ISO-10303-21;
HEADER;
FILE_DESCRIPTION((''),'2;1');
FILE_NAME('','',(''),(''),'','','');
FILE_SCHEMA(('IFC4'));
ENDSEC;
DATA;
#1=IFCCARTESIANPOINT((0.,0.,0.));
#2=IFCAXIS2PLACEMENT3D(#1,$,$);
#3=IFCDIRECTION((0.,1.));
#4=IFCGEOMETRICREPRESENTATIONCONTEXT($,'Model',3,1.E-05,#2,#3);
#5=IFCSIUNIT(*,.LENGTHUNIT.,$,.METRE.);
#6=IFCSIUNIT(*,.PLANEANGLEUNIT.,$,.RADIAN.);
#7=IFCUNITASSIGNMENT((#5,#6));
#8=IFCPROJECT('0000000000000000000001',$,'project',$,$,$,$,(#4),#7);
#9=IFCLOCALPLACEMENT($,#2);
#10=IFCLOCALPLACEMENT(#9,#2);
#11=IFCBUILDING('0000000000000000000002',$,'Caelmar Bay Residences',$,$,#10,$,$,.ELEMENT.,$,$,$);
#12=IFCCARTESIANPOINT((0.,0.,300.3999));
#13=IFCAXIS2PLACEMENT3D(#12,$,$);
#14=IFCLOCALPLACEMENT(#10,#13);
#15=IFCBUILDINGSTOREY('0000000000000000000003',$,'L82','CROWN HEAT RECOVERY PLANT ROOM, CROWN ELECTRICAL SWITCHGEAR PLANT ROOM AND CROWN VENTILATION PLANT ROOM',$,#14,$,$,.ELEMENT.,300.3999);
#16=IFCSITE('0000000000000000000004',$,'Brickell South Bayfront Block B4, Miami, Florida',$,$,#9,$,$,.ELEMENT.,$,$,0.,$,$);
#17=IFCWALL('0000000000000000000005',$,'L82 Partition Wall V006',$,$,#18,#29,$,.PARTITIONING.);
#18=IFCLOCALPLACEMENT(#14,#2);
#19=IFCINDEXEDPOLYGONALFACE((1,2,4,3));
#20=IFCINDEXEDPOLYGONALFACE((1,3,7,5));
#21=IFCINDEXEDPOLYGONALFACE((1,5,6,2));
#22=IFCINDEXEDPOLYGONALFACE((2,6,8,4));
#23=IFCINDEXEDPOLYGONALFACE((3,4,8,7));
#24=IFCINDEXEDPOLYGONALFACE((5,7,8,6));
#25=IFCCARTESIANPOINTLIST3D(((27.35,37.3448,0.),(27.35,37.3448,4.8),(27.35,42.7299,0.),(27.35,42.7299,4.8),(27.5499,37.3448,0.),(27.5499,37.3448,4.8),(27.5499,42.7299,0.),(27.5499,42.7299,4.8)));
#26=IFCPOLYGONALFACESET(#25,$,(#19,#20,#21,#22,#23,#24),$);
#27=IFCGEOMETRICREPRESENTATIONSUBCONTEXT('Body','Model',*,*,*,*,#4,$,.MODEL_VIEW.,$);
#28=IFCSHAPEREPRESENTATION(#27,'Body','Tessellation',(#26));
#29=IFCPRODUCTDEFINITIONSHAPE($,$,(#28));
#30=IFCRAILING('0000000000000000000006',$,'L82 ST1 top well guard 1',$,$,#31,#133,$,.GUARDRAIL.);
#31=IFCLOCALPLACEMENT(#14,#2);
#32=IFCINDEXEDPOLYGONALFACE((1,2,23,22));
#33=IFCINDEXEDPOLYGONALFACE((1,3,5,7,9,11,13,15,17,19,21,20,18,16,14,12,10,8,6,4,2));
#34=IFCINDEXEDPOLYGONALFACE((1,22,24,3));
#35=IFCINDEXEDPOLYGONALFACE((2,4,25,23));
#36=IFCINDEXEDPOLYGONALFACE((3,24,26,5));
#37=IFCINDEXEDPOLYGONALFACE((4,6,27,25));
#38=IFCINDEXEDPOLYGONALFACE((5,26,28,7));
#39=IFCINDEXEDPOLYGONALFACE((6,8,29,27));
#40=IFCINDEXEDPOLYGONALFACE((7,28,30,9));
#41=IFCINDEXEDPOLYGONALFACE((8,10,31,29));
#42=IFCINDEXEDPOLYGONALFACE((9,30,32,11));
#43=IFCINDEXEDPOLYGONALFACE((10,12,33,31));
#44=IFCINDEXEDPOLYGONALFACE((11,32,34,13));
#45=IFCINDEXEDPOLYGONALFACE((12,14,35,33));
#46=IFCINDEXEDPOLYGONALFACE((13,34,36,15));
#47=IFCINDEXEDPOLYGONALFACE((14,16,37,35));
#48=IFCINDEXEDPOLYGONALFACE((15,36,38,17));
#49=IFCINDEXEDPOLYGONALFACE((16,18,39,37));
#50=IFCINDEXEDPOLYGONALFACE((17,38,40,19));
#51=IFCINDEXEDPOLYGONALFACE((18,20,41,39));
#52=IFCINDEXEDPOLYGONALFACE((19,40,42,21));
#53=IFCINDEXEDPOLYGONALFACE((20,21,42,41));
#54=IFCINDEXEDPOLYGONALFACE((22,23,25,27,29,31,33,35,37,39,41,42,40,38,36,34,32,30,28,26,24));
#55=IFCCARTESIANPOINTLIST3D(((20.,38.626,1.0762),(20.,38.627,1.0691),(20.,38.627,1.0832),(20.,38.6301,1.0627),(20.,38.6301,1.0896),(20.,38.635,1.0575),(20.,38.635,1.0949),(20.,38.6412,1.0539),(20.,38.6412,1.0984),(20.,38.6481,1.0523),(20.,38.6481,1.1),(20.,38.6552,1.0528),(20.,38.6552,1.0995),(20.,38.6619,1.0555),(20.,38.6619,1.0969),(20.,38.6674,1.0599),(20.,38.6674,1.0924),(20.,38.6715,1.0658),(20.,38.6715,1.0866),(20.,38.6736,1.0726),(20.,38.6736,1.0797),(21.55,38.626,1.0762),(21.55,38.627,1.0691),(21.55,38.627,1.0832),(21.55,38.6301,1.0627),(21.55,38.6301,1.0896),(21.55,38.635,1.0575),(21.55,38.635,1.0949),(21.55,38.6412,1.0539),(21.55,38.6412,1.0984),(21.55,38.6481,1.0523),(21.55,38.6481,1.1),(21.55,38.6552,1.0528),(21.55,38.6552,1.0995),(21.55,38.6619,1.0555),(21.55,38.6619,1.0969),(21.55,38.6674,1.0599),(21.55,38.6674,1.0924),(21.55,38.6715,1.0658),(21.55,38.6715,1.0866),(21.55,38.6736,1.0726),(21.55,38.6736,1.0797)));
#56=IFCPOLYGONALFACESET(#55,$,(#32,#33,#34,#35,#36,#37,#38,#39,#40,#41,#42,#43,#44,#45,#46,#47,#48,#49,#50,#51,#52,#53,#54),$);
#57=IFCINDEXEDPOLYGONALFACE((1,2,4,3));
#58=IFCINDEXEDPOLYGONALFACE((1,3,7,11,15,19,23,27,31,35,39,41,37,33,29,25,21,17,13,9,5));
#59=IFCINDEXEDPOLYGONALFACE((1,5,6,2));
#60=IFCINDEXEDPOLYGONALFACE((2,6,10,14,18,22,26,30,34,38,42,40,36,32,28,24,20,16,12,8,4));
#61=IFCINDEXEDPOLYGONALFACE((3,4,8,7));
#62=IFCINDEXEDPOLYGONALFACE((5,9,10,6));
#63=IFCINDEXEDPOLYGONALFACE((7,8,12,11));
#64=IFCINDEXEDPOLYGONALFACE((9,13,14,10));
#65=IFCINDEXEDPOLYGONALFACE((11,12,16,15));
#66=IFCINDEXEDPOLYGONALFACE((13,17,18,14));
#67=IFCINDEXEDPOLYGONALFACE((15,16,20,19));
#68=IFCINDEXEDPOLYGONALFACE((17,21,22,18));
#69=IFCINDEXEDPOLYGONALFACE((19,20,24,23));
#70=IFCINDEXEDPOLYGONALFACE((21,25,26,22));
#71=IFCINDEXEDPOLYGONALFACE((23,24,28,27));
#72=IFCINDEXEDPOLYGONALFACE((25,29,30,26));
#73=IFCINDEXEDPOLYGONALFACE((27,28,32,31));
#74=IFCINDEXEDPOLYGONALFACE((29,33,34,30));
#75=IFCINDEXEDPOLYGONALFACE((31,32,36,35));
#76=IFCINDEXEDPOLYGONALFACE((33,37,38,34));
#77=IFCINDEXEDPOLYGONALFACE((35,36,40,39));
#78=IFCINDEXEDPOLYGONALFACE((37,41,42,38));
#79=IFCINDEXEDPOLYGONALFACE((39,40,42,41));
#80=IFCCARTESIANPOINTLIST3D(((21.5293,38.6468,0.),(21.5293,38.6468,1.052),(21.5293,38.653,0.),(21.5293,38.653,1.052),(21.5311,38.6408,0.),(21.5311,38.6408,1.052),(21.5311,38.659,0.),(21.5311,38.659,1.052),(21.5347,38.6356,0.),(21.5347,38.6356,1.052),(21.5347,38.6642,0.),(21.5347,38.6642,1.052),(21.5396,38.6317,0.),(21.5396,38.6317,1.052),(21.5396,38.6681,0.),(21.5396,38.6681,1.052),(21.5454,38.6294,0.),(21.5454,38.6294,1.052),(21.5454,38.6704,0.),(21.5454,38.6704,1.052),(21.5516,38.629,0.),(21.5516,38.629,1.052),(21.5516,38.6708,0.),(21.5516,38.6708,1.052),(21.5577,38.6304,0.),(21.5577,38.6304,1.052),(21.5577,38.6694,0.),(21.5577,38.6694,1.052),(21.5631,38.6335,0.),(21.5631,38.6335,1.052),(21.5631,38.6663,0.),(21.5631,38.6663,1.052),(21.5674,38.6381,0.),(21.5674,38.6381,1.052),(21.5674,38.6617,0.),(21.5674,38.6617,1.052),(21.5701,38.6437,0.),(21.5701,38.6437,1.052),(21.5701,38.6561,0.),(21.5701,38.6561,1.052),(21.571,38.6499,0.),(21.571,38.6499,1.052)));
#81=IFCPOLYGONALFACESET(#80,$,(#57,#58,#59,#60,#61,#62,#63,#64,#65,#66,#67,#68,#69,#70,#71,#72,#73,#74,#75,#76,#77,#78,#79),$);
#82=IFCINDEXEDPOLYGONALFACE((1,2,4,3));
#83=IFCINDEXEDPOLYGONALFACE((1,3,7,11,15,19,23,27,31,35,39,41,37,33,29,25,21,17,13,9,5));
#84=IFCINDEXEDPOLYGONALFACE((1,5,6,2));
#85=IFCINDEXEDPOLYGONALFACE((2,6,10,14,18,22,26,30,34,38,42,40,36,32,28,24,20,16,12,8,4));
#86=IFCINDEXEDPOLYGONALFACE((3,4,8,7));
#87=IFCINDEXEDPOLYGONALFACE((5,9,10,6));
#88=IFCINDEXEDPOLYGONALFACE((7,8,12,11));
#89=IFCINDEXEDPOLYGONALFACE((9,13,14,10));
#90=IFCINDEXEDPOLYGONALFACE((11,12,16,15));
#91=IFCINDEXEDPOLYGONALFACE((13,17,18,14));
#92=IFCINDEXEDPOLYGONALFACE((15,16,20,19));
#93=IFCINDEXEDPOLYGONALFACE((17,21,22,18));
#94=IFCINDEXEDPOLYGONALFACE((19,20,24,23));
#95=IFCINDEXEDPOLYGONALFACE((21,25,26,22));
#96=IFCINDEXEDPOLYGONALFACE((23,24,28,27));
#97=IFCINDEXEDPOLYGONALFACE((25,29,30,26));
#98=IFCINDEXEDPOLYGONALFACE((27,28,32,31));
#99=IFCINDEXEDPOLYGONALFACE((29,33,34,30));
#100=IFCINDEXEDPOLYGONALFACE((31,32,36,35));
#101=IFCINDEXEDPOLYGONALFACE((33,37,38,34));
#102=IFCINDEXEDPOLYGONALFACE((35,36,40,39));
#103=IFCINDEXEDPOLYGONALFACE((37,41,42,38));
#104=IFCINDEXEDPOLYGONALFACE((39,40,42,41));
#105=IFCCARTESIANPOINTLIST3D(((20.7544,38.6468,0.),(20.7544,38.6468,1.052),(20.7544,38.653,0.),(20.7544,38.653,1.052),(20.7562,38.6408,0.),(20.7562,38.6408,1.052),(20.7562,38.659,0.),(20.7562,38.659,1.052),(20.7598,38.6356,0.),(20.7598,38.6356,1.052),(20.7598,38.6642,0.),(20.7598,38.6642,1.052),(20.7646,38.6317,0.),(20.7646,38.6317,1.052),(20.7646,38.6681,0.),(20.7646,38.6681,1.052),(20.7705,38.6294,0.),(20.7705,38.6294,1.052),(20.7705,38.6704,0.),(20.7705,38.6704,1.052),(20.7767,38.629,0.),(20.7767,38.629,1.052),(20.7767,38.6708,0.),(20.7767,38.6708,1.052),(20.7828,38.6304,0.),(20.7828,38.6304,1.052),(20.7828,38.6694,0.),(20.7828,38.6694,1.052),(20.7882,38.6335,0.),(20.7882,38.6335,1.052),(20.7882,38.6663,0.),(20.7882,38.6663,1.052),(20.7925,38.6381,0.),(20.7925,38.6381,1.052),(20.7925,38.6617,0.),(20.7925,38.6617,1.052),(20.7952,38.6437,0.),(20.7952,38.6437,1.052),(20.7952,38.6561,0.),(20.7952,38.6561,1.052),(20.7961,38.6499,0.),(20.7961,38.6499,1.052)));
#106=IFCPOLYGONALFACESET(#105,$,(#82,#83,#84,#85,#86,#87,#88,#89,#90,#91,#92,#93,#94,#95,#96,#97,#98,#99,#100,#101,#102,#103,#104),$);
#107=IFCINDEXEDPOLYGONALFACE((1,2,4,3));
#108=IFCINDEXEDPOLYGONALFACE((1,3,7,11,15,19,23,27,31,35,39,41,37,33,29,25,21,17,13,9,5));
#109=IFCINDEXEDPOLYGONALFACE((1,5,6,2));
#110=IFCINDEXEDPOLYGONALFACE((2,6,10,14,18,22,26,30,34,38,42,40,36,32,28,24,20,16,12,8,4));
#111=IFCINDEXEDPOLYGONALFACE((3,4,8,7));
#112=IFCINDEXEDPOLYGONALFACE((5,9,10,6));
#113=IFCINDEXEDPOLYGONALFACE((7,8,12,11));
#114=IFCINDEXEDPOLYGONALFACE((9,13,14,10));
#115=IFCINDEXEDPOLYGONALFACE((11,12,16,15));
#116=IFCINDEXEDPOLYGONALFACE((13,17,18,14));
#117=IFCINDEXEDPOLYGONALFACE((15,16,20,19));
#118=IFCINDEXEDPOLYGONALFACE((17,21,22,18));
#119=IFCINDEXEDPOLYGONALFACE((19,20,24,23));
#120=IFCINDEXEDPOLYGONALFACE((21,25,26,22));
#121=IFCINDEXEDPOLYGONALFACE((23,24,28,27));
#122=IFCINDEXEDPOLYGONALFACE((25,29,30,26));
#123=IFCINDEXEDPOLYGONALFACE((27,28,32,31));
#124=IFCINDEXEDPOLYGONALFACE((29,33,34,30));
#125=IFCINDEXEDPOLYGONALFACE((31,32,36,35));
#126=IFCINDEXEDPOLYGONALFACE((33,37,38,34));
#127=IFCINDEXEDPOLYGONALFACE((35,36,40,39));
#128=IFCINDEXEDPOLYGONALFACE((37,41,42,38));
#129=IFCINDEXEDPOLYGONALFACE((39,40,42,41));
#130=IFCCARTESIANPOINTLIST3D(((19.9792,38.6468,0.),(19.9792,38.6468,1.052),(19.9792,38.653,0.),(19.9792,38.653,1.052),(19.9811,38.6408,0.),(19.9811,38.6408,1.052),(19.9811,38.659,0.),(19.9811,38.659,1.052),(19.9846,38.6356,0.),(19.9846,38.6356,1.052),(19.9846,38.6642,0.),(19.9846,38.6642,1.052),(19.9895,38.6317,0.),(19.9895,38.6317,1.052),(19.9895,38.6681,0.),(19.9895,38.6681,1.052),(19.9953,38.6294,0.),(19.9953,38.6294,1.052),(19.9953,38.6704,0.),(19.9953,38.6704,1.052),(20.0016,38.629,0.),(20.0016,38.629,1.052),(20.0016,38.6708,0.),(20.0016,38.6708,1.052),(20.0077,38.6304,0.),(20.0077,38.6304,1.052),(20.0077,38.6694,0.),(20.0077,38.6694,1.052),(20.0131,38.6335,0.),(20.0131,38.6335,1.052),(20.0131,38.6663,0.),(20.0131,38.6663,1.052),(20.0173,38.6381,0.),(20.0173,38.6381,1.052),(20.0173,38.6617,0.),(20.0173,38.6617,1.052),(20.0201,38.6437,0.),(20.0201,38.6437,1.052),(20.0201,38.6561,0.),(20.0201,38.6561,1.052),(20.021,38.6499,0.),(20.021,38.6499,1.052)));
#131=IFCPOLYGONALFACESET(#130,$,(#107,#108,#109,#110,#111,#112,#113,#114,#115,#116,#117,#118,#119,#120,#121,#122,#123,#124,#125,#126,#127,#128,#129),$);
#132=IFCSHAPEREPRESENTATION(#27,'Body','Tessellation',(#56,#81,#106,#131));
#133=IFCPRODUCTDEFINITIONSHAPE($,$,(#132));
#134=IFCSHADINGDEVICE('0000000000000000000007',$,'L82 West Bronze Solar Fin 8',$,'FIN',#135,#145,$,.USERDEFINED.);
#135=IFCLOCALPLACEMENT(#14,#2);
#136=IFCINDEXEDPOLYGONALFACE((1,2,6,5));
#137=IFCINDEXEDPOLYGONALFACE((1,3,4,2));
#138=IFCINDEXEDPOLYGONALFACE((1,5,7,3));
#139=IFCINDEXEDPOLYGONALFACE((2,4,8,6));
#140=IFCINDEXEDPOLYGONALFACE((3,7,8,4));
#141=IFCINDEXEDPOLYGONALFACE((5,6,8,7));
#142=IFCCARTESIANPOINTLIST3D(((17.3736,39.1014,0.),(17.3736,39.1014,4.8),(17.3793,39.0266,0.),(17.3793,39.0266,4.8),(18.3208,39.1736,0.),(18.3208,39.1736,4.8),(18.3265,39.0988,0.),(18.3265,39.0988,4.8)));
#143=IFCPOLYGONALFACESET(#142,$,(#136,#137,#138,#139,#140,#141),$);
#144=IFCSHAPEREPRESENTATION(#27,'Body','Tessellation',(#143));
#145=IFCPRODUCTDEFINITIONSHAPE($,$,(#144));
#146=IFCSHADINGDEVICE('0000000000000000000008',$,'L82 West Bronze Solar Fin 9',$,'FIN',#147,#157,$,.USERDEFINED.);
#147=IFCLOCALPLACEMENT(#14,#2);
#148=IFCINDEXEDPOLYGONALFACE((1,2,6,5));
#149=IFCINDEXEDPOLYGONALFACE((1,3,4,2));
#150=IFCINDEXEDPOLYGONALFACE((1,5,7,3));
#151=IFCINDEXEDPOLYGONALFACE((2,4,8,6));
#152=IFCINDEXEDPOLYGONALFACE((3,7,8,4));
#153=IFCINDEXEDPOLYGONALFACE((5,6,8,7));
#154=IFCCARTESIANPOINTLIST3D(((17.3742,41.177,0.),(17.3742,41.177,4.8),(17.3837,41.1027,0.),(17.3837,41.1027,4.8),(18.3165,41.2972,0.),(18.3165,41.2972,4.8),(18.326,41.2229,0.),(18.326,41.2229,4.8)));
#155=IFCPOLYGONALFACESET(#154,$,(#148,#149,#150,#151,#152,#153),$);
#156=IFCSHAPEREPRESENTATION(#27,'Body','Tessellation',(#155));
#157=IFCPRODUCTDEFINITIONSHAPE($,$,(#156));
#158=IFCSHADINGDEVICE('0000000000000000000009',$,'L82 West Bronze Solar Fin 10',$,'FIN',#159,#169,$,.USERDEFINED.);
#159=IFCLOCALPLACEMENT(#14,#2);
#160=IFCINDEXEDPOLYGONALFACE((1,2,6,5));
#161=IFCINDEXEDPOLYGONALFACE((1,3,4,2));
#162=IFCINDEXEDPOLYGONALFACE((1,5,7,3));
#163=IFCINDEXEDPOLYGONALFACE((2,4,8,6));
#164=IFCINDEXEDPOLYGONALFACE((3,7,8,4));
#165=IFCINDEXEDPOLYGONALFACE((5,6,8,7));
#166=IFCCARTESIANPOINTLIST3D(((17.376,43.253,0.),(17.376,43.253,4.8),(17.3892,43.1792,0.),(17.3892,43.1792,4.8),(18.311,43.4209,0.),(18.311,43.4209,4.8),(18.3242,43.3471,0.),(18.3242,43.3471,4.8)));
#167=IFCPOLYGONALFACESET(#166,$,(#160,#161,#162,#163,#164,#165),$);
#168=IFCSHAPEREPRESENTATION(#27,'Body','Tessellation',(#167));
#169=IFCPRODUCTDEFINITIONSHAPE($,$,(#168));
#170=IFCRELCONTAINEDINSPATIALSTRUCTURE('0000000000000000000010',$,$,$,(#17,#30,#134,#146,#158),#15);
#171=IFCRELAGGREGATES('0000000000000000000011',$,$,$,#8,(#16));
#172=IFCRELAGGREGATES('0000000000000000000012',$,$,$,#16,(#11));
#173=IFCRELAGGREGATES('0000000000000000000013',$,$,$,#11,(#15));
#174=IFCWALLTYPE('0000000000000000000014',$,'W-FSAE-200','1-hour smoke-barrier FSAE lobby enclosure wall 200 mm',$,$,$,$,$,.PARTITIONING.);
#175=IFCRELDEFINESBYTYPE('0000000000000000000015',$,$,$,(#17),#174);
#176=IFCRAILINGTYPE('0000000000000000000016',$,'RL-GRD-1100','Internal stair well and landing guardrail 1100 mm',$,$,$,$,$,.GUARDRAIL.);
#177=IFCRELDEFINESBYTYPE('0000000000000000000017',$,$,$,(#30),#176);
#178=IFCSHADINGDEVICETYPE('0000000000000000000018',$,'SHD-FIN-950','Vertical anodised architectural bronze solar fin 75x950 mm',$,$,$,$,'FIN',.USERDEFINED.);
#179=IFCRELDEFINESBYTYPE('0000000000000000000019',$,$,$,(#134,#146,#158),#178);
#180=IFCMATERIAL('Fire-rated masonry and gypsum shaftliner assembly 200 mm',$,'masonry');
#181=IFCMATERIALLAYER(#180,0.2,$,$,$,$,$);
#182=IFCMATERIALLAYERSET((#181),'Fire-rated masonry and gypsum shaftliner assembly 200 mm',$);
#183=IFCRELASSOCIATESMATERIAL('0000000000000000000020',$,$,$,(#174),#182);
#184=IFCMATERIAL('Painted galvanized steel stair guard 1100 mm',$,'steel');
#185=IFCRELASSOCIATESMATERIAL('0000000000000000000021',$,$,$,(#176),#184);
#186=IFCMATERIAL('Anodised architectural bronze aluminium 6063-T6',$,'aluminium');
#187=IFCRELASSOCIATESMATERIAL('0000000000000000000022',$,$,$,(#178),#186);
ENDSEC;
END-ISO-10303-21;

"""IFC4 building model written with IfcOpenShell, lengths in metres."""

from ifc_helpers import new_model, si_unit, direction, frame, frame_2d, origin, origin_2d, place, context, subcontext, project, spatial, rectangle, circle, extrude, material, layer, layer_set, material_profile, profile_set, type_object, element, save


model = new_model("IFC4")

# Units and contexts
model_context = context("Model", 3, precision=1e-05, world=origin(), true_north=direction((0.0, 1.0)))
body_context = subcontext(model_context, "Body", "Model", "MODEL_VIEW")
ifc_project = project(units=[si_unit("LENGTHUNIT", "METRE"), si_unit("PLANEANGLEUNIT", "RADIAN")], contexts=[model_context])

# Site, building, storey
site_placement = place(None, origin())
site = spatial("IfcSite", under=ifc_project, at=site_placement, Name="Brickell South Bayfront Block B4, Miami, Florida", CompositionType="ELEMENT", RefElevation=0.0)
building_placement = place(site_placement, origin())
building = spatial("IfcBuilding", under=site, at=building_placement, Name="Caelmar Bay Residences", CompositionType="ELEMENT")
storey_placement = place(building_placement, frame((0.0, 0.0, 300.3999)))
storey = spatial("IfcBuildingStorey", under=building, at=storey_placement, Name="L82", Description="CROWN HEAT RECOVERY PLANT ROOM, CROWN ELECTRICAL SWITCHGEAR PLANT ROOM AND CROWN VENTILATION PLANT ROOM", CompositionType="ELEMENT", Elevation=300.3999)

# Wall
ifc_material_1 = material(Name="Fire-rated masonry and gypsum shaftliner assembly 200 mm", Category="masonry")
ifc_layer_1 = layer(ifc_material_1, 0.2)
ifc_layer_set_1 = layer_set([ifc_layer_1], Name="Fire-rated masonry and gypsum shaftliner assembly 200 mm")
wall_type_1 = type_object("IfcWallType", Name="W-FSAE-200", Description="1-hour smoke-barrier FSAE lobby enclosure wall 200 mm", PredefinedType="PARTITIONING", material=ifc_layer_set_1)
wall_1_placement = place(storey_placement, frame((27.45, 37.345, 0.0), z_axis=(0.0, 0.0, 1.0), x_axis=(0.0, 1.0, 0.0)))
element("IfcWall", 1, at=wall_1_placement, inside=storey, type_object=wall_type_1, Name="L82 Partition Wall V006", PredefinedType="PARTITIONING", context=body_context, shape_type="SweptSolid", body=[
    extrude(rectangle(XDim=5.385, YDim=0.2, at=frame_2d((2.6924, 0.0))), origin(), (0.0, 0.0, 1.0), 4.8),
])

# Railing
ifc_material_2 = material(Name="Painted galvanized steel stair guard 1100 mm", Category="steel")
railing_type = type_object("IfcRailingType", Name="RL-GRD-1100", Description="Internal stair well and landing guardrail 1100 mm", PredefinedType="GUARDRAIL", material=ifc_material_2)
railing_placement = place(storey_placement, frame((21.55, 38.6499, 0.0)))
element("IfcRailing", 2, at=railing_placement, inside=storey, type_object=railing_type, Name="L82 ST1 top well guard 1", PredefinedType="GUARDRAIL", context=body_context, shape_type="SweptSolid", body=[
    extrude(circle(Radius=0.0239, at=origin_2d()), frame((0.0, 0.0, 1.0762), z_axis=(-1.0, 0.0, 0.0), x_axis=(0.0, -1.0, 0.0)), (0.0, 0.0, 1.0), 1.55),
    extrude(circle(Radius=0.021, at=origin_2d()), origin(), (0.0, 0.0, 1.0), 1.052),
    extrude(circle(Radius=0.021, at=origin_2d()), frame((-0.7749, 0.0, 0.0)), (0.0, 0.0, 1.0), 1.052),
    extrude(circle(Radius=0.021, at=origin_2d()), frame((-1.55, 0.0, 0.0)), (0.0, 0.0, 1.0), 1.052),
])

# Shading devices
ifc_material_3 = material(Name="Anodised architectural bronze aluminium 6063-T6", Category="aluminium")
ifc_material_profile = material_profile(ifc_material_3, rectangle(XDim=0.075, YDim=0.95, at=origin_2d()), Name="BRONZE-FIN-75X950")
ifc_profile_set = profile_set([ifc_material_profile], Name="Anodised architectural bronze aluminium 6063-T6")
shading_device_type = type_object("IfcShadingDeviceType", Name="SHD-FIN-950", Description="Vertical anodised architectural bronze solar fin 75x950 mm", ElementType="FIN", PredefinedType="USERDEFINED", material=ifc_profile_set)
for number, where, z_axis, x_axis, name in (
    (3, (17.8501, 39.1001, 0.0), (0.0, 0.0, 1.0), (-0.076023, 0.997106, 0.0), "L82 West Bronze Solar Fin 8"),
    (4, (17.8501, 41.2, 0.0), (0.0, 0.0, 1.0), (-0.126545, 0.991961, 0.0), "L82 West Bronze Solar Fin 9"),
    (5, (17.8501, 43.3, 0.0), (0.0, 0.0, 1.0), (-0.176741, 0.984257, 0.0), "L82 West Bronze Solar Fin 10"),
):
    element("IfcShadingDevice", number, at=place(storey_placement, frame(where, z_axis=z_axis, x_axis=x_axis)), inside=storey, type_object=shading_device_type, Name=name, ObjectType="FIN", PredefinedType="USERDEFINED", context=body_context, shape_type="SweptSolid", body=[
        extrude(rectangle(XDim=0.075, YDim=0.95, at=origin_2d()), origin(), (0.0, 0.0, 1.0), 4.8),
    ])

save(model, "model.ifc")
